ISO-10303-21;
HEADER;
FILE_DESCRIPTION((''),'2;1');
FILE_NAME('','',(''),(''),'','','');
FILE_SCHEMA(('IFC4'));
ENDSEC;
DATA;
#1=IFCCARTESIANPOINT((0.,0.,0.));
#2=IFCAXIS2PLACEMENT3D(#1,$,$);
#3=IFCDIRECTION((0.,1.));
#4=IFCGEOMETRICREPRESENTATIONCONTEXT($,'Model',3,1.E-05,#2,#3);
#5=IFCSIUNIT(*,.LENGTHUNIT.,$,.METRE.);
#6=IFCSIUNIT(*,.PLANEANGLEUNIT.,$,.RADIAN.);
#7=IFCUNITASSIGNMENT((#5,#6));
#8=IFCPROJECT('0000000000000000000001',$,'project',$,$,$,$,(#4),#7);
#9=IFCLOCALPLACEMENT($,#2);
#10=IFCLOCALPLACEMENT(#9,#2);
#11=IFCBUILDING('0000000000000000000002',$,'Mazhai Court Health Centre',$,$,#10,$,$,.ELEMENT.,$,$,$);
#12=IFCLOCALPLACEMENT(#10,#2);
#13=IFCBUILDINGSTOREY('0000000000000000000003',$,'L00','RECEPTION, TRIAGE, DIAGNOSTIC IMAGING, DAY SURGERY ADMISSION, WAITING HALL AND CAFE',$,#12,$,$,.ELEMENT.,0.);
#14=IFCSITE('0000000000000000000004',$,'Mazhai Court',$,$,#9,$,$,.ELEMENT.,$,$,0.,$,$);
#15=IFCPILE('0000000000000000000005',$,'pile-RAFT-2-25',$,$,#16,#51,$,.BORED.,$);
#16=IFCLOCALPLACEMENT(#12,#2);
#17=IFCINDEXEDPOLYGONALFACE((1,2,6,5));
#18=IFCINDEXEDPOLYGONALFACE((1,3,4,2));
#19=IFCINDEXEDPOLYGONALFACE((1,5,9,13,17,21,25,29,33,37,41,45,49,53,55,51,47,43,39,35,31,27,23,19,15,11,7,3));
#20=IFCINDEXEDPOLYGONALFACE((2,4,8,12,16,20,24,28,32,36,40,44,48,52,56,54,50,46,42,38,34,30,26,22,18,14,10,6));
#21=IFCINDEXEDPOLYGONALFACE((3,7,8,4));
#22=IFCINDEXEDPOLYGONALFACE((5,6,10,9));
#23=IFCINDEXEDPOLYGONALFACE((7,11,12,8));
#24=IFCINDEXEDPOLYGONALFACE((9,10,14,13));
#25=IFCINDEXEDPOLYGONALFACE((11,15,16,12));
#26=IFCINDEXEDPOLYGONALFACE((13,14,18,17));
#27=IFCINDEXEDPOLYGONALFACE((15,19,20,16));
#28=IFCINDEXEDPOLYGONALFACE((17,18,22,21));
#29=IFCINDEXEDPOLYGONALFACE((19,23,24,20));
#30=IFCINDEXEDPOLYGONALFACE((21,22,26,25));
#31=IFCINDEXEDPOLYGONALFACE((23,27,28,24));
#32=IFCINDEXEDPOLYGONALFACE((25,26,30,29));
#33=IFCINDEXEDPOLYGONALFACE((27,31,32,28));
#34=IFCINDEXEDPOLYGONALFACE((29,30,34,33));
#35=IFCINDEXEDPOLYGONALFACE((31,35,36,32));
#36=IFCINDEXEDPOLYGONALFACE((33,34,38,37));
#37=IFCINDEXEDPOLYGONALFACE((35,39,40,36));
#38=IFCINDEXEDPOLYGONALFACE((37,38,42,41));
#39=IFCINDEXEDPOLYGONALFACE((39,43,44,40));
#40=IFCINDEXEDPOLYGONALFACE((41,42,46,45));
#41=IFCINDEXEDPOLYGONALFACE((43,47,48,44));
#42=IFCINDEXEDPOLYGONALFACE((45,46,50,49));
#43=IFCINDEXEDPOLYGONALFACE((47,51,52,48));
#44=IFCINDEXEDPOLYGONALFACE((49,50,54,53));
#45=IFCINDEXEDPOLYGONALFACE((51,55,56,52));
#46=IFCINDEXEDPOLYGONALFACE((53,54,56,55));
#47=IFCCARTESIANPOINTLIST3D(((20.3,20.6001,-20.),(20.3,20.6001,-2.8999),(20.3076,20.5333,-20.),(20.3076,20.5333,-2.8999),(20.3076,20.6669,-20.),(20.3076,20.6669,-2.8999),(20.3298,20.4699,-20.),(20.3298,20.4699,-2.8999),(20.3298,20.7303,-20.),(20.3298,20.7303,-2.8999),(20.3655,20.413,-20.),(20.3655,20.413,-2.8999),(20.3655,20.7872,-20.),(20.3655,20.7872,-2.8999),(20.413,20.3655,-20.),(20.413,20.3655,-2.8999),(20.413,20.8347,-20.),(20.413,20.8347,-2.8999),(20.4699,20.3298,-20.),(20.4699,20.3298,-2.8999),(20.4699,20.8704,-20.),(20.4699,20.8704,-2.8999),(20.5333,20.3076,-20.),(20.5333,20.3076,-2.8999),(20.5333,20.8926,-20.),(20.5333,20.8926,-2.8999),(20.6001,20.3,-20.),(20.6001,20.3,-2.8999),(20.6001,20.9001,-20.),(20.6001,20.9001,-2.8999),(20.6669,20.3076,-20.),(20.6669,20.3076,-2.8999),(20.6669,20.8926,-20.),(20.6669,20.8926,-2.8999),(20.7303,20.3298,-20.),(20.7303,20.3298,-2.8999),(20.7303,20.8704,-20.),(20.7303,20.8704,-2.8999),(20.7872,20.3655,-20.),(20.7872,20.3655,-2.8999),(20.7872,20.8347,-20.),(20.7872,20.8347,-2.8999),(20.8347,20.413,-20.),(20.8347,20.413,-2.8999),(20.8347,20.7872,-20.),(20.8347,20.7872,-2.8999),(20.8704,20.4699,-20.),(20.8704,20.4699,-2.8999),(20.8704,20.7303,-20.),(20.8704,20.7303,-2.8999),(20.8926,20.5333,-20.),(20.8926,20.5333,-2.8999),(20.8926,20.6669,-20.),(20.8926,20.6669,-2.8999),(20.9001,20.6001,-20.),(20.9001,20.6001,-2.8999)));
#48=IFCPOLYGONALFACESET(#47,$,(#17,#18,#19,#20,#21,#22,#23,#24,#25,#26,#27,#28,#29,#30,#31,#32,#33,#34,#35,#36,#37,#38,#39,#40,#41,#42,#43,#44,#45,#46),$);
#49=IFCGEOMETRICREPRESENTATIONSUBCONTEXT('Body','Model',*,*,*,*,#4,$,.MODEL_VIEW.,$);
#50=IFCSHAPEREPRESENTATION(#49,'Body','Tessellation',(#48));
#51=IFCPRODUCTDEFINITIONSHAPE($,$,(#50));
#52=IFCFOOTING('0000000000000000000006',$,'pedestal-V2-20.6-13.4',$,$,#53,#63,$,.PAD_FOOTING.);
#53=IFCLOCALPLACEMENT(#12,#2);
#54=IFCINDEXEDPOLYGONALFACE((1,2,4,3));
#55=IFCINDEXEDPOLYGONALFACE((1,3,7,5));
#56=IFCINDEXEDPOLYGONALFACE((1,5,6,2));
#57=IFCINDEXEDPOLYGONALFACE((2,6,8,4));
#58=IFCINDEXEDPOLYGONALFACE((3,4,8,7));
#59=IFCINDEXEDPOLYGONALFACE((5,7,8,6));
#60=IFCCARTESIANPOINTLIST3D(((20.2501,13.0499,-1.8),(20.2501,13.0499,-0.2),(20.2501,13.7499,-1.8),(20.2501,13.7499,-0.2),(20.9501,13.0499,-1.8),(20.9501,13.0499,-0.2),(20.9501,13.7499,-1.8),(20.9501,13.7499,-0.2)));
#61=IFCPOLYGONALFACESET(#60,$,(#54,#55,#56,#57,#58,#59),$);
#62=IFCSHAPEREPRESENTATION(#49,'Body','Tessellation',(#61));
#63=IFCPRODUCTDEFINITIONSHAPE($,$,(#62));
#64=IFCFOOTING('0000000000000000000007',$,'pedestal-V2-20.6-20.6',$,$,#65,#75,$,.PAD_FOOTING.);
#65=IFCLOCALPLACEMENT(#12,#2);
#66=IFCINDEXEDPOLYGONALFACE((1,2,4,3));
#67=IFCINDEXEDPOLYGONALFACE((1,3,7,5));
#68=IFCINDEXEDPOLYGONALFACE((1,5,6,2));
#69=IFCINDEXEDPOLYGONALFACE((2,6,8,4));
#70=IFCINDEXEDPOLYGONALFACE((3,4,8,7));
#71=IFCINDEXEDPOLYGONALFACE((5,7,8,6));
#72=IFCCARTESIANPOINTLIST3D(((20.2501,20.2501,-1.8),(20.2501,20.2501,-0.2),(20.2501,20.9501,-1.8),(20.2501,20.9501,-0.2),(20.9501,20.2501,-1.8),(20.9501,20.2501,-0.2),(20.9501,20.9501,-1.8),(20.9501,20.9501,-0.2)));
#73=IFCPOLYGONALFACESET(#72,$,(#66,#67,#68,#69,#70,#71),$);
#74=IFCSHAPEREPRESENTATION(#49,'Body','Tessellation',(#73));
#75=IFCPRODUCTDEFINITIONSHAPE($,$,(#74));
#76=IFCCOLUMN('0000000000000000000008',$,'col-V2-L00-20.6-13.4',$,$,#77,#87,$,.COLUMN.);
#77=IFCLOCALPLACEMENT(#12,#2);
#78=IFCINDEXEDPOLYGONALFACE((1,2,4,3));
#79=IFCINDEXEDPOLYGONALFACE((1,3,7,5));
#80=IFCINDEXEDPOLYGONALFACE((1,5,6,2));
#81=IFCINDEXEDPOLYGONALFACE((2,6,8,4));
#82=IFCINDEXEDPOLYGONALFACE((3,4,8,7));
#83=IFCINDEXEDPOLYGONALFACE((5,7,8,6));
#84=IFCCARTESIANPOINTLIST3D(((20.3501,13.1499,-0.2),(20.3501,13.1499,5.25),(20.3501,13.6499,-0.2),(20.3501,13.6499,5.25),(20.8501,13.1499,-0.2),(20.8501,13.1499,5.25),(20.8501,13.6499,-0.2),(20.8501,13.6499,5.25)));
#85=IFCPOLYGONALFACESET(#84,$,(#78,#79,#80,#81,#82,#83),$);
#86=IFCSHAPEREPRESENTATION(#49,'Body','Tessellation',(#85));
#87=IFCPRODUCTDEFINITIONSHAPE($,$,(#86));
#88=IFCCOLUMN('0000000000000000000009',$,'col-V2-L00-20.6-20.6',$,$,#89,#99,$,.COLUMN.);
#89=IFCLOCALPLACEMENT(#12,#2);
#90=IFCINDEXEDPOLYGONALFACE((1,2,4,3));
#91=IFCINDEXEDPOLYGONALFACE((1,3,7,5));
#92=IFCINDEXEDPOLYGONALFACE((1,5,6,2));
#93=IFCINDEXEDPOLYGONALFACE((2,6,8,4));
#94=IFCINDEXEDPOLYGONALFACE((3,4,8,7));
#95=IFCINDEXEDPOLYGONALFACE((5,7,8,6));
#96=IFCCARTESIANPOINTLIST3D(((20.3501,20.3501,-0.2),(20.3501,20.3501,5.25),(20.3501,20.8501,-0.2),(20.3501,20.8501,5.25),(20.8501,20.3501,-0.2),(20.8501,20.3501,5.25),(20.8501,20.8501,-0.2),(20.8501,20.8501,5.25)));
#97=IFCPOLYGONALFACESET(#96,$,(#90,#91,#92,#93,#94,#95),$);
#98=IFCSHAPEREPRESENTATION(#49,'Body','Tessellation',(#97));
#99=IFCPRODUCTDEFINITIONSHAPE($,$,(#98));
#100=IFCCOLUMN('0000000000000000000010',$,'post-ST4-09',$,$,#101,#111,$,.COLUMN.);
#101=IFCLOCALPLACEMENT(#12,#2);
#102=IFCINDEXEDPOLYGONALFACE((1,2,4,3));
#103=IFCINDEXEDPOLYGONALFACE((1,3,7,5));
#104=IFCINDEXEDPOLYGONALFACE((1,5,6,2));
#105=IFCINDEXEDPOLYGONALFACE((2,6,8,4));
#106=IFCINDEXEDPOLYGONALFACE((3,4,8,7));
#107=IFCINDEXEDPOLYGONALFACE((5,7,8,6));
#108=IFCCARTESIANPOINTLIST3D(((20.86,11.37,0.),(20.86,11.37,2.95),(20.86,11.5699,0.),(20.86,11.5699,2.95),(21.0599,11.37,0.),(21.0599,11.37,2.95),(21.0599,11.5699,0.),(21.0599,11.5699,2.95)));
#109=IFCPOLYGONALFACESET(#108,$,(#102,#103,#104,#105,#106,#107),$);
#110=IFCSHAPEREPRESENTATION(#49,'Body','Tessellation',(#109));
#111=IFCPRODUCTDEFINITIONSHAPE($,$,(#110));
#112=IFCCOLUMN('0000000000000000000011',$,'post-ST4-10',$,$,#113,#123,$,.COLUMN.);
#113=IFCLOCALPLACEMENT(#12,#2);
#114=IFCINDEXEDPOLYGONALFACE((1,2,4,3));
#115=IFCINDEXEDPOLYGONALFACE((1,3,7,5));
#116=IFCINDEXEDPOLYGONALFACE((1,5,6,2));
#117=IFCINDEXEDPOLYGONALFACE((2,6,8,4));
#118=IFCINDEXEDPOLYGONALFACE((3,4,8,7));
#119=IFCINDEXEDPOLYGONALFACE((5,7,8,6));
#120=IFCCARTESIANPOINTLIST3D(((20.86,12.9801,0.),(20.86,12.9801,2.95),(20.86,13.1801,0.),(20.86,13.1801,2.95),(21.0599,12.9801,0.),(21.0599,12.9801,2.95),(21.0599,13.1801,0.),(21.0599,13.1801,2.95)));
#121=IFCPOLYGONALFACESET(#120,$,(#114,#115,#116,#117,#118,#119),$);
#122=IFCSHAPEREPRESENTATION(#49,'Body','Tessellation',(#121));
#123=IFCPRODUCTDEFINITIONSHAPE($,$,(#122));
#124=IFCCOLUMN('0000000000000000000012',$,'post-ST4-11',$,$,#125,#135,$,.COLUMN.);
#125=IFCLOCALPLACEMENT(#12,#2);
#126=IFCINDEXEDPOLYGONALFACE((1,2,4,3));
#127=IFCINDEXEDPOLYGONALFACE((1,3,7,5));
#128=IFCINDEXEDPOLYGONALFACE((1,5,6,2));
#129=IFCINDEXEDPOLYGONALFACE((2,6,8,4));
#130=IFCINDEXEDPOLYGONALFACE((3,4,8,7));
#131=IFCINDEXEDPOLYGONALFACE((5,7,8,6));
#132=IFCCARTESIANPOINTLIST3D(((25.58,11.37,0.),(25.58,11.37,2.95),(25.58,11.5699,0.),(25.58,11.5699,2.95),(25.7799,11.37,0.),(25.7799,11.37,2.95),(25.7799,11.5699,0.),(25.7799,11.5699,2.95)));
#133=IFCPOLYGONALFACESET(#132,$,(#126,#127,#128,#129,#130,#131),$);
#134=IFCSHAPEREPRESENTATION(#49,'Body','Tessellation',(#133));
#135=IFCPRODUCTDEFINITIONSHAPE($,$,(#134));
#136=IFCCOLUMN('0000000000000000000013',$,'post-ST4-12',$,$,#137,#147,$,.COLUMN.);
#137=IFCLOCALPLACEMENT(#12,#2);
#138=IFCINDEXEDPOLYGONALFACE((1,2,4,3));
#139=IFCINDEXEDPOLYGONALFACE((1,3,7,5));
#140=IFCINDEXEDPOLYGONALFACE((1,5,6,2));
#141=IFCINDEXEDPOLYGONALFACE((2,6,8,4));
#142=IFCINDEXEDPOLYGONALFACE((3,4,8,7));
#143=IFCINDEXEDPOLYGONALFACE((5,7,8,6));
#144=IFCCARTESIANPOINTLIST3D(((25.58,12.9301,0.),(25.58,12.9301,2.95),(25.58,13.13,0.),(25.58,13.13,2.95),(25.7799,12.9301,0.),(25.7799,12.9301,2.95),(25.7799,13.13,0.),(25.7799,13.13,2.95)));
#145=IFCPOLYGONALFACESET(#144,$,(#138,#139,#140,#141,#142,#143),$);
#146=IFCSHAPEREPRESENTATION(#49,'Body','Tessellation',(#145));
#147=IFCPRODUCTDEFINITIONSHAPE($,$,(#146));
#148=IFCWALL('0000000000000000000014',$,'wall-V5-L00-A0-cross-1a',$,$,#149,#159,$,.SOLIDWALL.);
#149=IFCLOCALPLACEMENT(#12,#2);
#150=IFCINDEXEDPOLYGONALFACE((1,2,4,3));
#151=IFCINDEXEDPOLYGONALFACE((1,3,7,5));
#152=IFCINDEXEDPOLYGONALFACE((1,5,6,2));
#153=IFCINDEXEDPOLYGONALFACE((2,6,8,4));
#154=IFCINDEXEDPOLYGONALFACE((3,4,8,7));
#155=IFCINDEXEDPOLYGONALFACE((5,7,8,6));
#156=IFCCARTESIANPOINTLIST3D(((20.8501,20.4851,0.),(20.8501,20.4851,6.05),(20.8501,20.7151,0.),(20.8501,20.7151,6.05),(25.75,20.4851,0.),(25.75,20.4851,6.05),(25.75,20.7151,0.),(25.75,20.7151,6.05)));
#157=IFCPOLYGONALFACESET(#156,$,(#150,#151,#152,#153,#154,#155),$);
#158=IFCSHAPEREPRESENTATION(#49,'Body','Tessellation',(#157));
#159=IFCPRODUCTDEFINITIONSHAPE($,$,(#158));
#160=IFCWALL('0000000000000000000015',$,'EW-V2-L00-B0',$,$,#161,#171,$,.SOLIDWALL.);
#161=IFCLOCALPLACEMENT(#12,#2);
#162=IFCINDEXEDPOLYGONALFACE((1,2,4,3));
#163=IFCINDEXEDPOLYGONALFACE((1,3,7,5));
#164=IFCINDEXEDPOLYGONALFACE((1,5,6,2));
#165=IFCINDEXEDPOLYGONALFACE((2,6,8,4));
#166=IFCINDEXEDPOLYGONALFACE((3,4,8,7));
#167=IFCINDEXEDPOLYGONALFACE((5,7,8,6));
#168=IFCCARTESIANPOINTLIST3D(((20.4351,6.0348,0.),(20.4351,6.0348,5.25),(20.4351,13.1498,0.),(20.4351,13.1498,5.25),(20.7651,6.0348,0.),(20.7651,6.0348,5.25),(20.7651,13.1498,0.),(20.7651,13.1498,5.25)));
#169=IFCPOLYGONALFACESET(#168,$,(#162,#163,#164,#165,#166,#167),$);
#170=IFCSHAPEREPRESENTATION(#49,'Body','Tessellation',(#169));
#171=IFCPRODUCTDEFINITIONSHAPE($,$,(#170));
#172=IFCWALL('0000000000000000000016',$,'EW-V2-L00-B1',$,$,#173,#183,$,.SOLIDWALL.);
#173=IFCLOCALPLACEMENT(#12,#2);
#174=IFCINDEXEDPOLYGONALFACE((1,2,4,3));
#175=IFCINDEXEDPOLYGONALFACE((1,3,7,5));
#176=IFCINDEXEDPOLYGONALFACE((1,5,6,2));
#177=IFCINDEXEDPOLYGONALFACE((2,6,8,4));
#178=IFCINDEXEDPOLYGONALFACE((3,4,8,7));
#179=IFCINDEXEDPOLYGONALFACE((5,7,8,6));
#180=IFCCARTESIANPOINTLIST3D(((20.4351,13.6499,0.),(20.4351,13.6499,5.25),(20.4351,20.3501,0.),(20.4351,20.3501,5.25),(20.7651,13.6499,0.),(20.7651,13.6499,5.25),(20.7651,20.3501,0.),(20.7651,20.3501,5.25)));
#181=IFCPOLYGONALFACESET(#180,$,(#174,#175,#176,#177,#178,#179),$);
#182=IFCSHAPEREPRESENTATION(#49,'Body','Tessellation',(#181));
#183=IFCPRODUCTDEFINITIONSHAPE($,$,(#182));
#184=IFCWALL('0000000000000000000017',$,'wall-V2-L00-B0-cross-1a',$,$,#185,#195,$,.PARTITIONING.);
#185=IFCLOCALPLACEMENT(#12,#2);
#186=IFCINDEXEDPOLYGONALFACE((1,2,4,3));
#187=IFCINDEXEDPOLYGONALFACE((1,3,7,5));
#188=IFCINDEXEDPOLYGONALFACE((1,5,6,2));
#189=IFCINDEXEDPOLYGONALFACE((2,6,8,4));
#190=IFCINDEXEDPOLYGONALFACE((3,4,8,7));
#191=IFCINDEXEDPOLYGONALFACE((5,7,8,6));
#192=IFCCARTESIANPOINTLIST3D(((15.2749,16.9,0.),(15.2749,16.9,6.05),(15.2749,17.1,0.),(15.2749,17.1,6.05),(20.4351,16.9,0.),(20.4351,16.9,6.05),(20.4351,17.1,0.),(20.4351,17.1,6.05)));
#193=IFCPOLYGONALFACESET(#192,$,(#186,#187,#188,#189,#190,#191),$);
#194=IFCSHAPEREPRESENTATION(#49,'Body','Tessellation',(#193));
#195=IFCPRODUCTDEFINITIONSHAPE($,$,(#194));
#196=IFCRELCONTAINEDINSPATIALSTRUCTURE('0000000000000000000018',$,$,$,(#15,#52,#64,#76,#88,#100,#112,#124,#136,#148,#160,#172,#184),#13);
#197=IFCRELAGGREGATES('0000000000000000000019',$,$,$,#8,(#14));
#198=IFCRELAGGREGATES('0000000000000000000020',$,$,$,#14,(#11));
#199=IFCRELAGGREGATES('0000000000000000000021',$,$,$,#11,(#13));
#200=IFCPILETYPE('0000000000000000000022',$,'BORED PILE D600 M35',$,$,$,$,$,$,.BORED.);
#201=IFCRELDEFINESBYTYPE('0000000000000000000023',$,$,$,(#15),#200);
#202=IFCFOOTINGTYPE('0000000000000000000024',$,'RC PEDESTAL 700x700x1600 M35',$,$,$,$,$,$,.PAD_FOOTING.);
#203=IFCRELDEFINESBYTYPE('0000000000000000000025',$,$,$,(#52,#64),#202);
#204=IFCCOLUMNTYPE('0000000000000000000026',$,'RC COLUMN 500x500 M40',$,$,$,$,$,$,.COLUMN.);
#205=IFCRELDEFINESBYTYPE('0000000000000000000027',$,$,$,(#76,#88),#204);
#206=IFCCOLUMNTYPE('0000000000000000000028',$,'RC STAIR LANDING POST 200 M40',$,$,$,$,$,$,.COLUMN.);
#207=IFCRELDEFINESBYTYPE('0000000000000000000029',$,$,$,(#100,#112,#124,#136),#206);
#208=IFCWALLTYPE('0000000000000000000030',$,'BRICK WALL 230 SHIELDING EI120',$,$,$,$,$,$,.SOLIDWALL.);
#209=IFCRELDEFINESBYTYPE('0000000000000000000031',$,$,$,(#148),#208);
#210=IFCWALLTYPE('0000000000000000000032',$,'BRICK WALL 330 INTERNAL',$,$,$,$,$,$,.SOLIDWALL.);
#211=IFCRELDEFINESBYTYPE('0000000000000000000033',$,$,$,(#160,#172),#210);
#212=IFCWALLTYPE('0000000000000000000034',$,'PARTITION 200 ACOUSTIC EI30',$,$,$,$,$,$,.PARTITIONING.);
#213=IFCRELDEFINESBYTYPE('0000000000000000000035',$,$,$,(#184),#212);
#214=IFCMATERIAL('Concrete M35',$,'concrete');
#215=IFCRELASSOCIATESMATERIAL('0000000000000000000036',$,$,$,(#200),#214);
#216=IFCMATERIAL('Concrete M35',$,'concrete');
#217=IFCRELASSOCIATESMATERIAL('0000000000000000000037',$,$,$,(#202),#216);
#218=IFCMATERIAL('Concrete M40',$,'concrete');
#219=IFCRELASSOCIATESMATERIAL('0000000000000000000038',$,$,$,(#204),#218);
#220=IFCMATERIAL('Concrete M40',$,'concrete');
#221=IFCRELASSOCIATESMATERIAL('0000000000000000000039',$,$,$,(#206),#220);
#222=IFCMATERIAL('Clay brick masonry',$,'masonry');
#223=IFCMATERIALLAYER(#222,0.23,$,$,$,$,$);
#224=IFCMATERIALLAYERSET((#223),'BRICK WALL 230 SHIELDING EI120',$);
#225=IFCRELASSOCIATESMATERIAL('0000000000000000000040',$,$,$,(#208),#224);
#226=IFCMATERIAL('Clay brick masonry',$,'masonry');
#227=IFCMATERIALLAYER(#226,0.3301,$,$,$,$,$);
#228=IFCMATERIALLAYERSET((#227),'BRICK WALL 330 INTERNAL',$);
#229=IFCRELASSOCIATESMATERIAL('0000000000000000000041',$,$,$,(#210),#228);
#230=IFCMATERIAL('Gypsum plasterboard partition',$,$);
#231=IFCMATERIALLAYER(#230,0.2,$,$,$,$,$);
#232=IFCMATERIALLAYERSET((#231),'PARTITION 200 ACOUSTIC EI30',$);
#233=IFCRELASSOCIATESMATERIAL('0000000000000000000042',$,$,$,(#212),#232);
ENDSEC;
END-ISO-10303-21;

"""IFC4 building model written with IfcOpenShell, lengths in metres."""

from ifc_helpers import new_model, si_unit, direction, frame, frame_2d, origin, origin_2d, place, context, subcontext, project, spatial, rectangle, circle, extrude, material, layer, layer_set, material_profile, profile_set, type_object, element, save


model = new_model("IFC4")

# Units and contexts
model_context = context("Model", 3, precision=1e-05, world=origin(), true_north=direction((0.0, 1.0)))
body_context = subcontext(model_context, "Body", "Model", "MODEL_VIEW")
ifc_project = project(units=[si_unit("LENGTHUNIT", "METRE"), si_unit("PLANEANGLEUNIT", "RADIAN")], contexts=[model_context])

# Site, building, storey
site_placement = place(None, origin())
site = spatial("IfcSite", under=ifc_project, at=site_placement, Name="Mazhai Court", CompositionType="ELEMENT", RefElevation=0.0)
building_placement = place(site_placement, origin())
building = spatial("IfcBuilding", under=site, at=building_placement, Name="Mazhai Court Health Centre", CompositionType="ELEMENT")
storey_placement = place(building_placement, origin())
storey = spatial("IfcBuildingStorey", under=building, at=storey_placement, Name="L00", Description="RECEPTION, TRIAGE, DIAGNOSTIC IMAGING, DAY SURGERY ADMISSION, WAITING HALL AND CAFE", CompositionType="ELEMENT", Elevation=0.0)

# Pile
ifc_material_1 = material(Name="Concrete M35", Category="concrete")
ifc_material_profile_1 = material_profile(ifc_material_1, circle(Radius=0.3, at=origin_2d()), Name="RC PILE D600")
ifc_profile_set_1 = profile_set([ifc_material_profile_1], Name="Concrete M35")
pile_type = type_object("IfcPileType", Name="BORED PILE D600 M35", PredefinedType="BORED", material=ifc_profile_set_1)
for number, where, z_axis, x_axis, name in (
    (1, (20.6001, 20.6001, -2.8999), (0.0, 0.0, -1.0), (1.0, 0.0, 0.0), "pile-RAFT-2-25"),
):
    element("IfcPile", number, at=place(storey_placement, frame(where, z_axis=z_axis, x_axis=x_axis)), inside=storey, type_object=pile_type, Name=name, PredefinedType="BORED", context=body_context, shape_type="SweptSolid", body=[
        extrude(circle(Radius=0.3, at=origin_2d()), origin(), (0.0, 0.0, 1.0), 17.1001),
    ])

# Footings
ifc_material_2 = material(Name="Concrete M35", Category="concrete")
footing_type = type_object("IfcFootingType", Name="RC PEDESTAL 700x700x1600 M35", PredefinedType="PAD_FOOTING", material=ifc_material_2)
for number, where, z_axis, x_axis, name in (
    (2, (20.6001, 13.3999, -1.8), (0.0, 0.0, 1.0), (1.0, 0.0, 0.0), "pedestal-V2-20.6-13.4"),
    (3, (20.6001, 20.6001, -1.8), (0.0, 0.0, 1.0), (1.0, 0.0, 0.0), "pedestal-V2-20.6-20.6"),
):
    element("IfcFooting", number, at=place(storey_placement, frame(where, z_axis=z_axis, x_axis=x_axis)), inside=storey, type_object=footing_type, Name=name, PredefinedType="PAD_FOOTING", context=body_context, shape_type="SweptSolid", body=[
        extrude(rectangle(XDim=0.7, YDim=0.7, at=origin_2d()), origin(), (0.0, 0.0, 1.0), 1.6001),
    ])

# Columns
ifc_material_3 = material(Name="Concrete M40", Category="concrete")
ifc_material_profile_2 = material_profile(ifc_material_3, rectangle(XDim=0.5, YDim=0.5, at=origin_2d()), Name="RC 500x500")
ifc_profile_set_2 = profile_set([ifc_material_profile_2], Name="Concrete M40")
column_type_1 = type_object("IfcColumnType", Name="RC COLUMN 500x500 M40", PredefinedType="COLUMN", material=ifc_profile_set_2)
for number, where, z_axis, x_axis, name in (
    (4, (20.6001, 13.3999, -0.2), (0.0, 0.0, 1.0), (1.0, 0.0, 0.0), "col-V2-L00-20.6-13.4"),
    (5, (20.6001, 20.6001, -0.2), (0.0, 0.0, 1.0), (1.0, 0.0, 0.0), "col-V2-L00-20.6-20.6"),
):
    element("IfcColumn", number, at=place(storey_placement, frame(where, z_axis=z_axis, x_axis=x_axis)), inside=storey, type_object=column_type_1, Name=name, PredefinedType="COLUMN", context=body_context, shape_type="SweptSolid", body=[
        extrude(rectangle(XDim=0.5, YDim=0.5, at=origin_2d()), origin(), (0.0, 0.0, 1.0), 5.45),
    ])
ifc_material_4 = material(Name="Concrete M40", Category="concrete")
ifc_material_profile_3 = material_profile(ifc_material_4, rectangle(XDim=0.2, YDim=0.2, at=origin_2d()), Name="RC 200x200")
ifc_profile_set_3 = profile_set([ifc_material_profile_3], Name="Concrete M40")
column_type_2 = type_object("IfcColumnType", Name="RC STAIR LANDING POST 200 M40", PredefinedType="COLUMN", material=ifc_profile_set_3)
for number, where, z_axis, x_axis, name in (
    (6, (20.96, 11.47, 0.0), (0.0, 0.0, 1.0), (1.0, 0.0, 0.0), "post-ST4-09"),
    (7, (20.96, 13.0801, 0.0), (0.0, 0.0, 1.0), (1.0, 0.0, 0.0), "post-ST4-10"),
    (8, (25.6799, 11.47, 0.0), (0.0, 0.0, 1.0), (1.0, 0.0, 0.0), "post-ST4-11"),
    (9, (25.6799, 13.03, 0.0), (0.0, 0.0, 1.0), (1.0, 0.0, 0.0), "post-ST4-12"),
):
    element("IfcColumn", number, at=place(storey_placement, frame(where, z_axis=z_axis, x_axis=x_axis)), inside=storey, type_object=column_type_2, Name=name, PredefinedType="COLUMN", context=body_context, shape_type="SweptSolid", body=[
        extrude(rectangle(XDim=0.2, YDim=0.2, at=origin_2d()), origin(), (0.0, 0.0, 1.0), 2.95),
    ])

# Walls
ifc_material_5 = material(Name="Clay brick masonry", Category="masonry")
ifc_layer_1 = layer(ifc_material_5, 0.23)
ifc_layer_set_1 = layer_set([ifc_layer_1], Name="BRICK WALL 230 SHIELDING EI120")
wall_type_1 = type_object("IfcWallType", Name="BRICK WALL 230 SHIELDING EI120", PredefinedType="SOLIDWALL", material=ifc_layer_set_1)
wall_1_placement = place(storey_placement, frame((20.8501, 20.6001, 0.0), z_axis=(0.0, 0.0, 1.0), x_axis=(1.0, 0.0, 0.0)))
element("IfcWall", 10, at=wall_1_placement, inside=storey, type_object=wall_type_1, Name="wall-V5-L00-A0-cross-1a", PredefinedType="SOLIDWALL", context=body_context, shape_type="SweptSolid", body=[
    extrude(rectangle(XDim=4.8999, YDim=0.23, at=frame_2d((2.45, 0.0))), origin(), (0.0, 0.0, 1.0), 6.05),
])
ifc_material_6 = material(Name="Clay brick masonry", Category="masonry")
ifc_layer_2 = layer(ifc_material_6, 0.3301)
ifc_layer_set_2 = layer_set([ifc_layer_2], Name="BRICK WALL 330 INTERNAL")
wall_type_2 = type_object("IfcWallType", Name="BRICK WALL 330 INTERNAL", PredefinedType="SOLIDWALL", material=ifc_layer_set_2)
wall_2_placement = place(storey_placement, frame((20.6001, 13.1499, 0.0), z_axis=(0.0, 0.0, 1.0), x_axis=(0.0, -1.0, 0.0)))
element("IfcWall", 11, at=wall_2_placement, inside=storey, type_object=wall_type_2, Name="EW-V2-L00-B0", PredefinedType="SOLIDWALL", context=body_context, shape_type="SweptSolid", body=[
    extrude(rectangle(XDim=7.115, YDim=0.3301, at=frame_2d((3.5576, 0.0))), origin(), (0.0, 0.0, 1.0), 5.25),
])
wall_3_placement = place(storey_placement, frame((20.6001, 20.3501, 0.0), z_axis=(0.0, 0.0, 1.0), x_axis=(0.0, -1.0, 0.0)))
element("IfcWall", 12, at=wall_3_placement, inside=storey, type_object=wall_type_2, Name="EW-V2-L00-B1", PredefinedType="SOLIDWALL", context=body_context, shape_type="SweptSolid", body=[
    extrude(rectangle(XDim=6.7002, YDim=0.3301, at=frame_2d((3.3501, 0.0))), origin(), (0.0, 0.0, 1.0), 5.25),
])
ifc_material_7 = material(Name="Gypsum plasterboard partition")
ifc_layer_3 = layer(ifc_material_7, 0.2)
ifc_layer_set_3 = layer_set([ifc_layer_3], Name="PARTITION 200 ACOUSTIC EI30")
wall_type_3 = type_object("IfcWallType", Name="PARTITION 200 ACOUSTIC EI30", PredefinedType="PARTITIONING", material=ifc_layer_set_3)
wall_4_placement = place(storey_placement, frame((20.4351, 17.0, 0.0), z_axis=(0.0, 0.0, 1.0), x_axis=(-1.0, 0.0, 0.0)))
element("IfcWall", 13, at=wall_4_placement, inside=storey, type_object=wall_type_3, Name="wall-V2-L00-B0-cross-1a", PredefinedType="PARTITIONING", context=body_context, shape_type="SweptSolid", body=[
    extrude(rectangle(XDim=5.1602, YDim=0.2, at=frame_2d((2.5801, 0.0))), origin(), (0.0, 0.0, 1.0), 6.05),
])

save(model, "model.ifc")
